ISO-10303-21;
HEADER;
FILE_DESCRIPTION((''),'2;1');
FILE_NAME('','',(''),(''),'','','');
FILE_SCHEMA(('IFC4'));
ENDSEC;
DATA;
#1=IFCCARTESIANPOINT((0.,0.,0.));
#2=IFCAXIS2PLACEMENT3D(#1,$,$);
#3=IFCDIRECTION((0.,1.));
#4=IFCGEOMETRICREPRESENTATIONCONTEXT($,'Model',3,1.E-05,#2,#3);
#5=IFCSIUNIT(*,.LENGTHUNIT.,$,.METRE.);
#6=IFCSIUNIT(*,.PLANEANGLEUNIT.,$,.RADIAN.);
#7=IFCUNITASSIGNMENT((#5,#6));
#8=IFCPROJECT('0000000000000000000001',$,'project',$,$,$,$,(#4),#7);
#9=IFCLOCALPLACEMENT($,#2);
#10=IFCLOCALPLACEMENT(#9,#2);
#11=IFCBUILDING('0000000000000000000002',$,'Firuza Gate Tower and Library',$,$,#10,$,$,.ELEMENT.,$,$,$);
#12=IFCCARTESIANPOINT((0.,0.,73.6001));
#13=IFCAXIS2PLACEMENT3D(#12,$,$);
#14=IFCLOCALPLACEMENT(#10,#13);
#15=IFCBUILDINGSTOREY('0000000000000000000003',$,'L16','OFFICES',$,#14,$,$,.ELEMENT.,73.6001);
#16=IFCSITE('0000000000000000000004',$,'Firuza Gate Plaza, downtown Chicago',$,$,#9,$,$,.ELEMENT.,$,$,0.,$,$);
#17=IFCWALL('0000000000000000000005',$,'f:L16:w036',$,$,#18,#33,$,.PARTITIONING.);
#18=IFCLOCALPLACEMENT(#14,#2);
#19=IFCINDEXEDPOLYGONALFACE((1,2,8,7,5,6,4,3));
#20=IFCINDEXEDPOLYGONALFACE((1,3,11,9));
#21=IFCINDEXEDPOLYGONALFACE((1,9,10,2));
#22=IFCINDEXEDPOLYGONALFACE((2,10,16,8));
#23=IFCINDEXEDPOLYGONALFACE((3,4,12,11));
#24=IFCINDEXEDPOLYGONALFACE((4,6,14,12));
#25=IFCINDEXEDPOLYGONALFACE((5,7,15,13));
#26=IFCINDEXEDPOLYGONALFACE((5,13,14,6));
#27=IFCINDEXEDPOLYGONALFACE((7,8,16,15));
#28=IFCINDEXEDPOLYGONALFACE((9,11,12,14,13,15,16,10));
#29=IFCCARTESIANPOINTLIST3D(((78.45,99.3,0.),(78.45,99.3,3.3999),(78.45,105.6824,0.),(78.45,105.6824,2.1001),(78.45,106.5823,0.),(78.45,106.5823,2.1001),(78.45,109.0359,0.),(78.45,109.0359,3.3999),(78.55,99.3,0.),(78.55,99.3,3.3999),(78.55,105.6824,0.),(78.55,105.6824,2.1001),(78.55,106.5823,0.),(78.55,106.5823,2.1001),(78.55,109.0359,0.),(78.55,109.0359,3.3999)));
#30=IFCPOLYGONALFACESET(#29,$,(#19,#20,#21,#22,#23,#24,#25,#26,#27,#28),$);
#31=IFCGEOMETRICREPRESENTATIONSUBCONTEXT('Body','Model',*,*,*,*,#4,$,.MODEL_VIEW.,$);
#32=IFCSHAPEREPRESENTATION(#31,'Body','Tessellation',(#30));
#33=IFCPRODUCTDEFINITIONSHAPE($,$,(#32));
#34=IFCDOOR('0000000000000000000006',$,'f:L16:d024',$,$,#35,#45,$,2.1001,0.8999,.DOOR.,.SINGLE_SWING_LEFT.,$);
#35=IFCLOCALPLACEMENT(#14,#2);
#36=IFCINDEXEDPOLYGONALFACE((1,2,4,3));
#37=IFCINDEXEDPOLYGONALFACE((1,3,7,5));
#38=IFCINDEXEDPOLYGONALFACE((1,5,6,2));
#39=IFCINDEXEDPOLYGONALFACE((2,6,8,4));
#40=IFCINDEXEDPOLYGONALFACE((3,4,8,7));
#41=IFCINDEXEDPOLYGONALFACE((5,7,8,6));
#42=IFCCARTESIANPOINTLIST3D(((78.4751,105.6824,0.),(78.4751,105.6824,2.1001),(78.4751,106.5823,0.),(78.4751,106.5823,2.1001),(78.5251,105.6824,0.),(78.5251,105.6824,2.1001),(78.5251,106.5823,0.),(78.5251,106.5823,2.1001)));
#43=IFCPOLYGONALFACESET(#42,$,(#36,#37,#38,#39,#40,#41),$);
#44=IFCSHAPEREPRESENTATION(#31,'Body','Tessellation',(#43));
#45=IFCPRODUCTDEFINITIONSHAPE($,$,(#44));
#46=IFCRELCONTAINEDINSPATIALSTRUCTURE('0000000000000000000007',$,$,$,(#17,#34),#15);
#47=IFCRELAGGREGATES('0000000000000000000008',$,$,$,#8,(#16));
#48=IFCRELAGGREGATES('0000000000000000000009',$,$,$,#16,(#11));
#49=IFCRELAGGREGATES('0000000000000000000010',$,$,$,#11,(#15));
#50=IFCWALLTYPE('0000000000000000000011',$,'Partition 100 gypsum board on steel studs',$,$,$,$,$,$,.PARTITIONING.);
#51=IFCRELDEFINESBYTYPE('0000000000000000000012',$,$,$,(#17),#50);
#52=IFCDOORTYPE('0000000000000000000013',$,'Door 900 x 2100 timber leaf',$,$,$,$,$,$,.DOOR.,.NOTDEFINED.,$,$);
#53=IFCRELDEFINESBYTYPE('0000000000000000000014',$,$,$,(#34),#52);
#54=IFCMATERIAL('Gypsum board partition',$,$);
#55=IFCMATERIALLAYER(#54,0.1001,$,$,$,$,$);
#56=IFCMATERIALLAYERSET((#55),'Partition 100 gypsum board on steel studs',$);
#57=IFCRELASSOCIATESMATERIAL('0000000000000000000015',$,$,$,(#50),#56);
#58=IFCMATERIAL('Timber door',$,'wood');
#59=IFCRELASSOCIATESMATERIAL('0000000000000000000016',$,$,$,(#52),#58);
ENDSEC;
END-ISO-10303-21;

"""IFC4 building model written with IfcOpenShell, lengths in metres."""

from ifc_helpers import new_model, si_unit, direction, frame, frame_2d, origin, place, context, subcontext, project, spatial, rectangle, extrude, material, layer, layer_set, type_object, element, fill, save


model = new_model("IFC4")

# Units and contexts
model_context = context("Model", 3, precision=1e-05, world=origin(), true_north=direction((0.0, 1.0)))
body_context = subcontext(model_context, "Body", "Model", "MODEL_VIEW")
ifc_project = project(units=[si_unit("LENGTHUNIT", "METRE"), si_unit("PLANEANGLEUNIT", "RADIAN")], contexts=[model_context])

# Site, building, storey
site_placement = place(None, origin())
site = spatial("IfcSite", under=ifc_project, at=site_placement, Name="Firuza Gate Plaza, downtown Chicago", CompositionType="ELEMENT", RefElevation=0.0)
building_placement = place(site_placement, origin())
building = spatial("IfcBuilding", under=site, at=building_placement, Name="Firuza Gate Tower and Library", CompositionType="ELEMENT")
storey_placement = place(building_placement, frame((0.0, 0.0, 73.6001)))
storey = spatial("IfcBuildingStorey", under=building, at=storey_placement, Name="L16", Description="OFFICES", CompositionType="ELEMENT", Elevation=73.6001)

# Shared definitions
ifc_material_1 = material(Name="Gypsum board partition")
ifc_layer_1 = layer(ifc_material_1, 0.1001)
ifc_layer_set_1 = layer_set([ifc_layer_1], Name="Partition 100 gypsum board on steel studs")
wall_type_1 = type_object("IfcWallType", Name="Partition 100 gypsum board on steel studs", PredefinedType="PARTITIONING", material=ifc_layer_set_1)
ifc_material_2 = material(Name="Timber door", Category="wood")
door_type_1 = type_object("IfcDoorType", Name="Door 900 x 2100 timber leaf", OperationType="NOTDEFINED", PredefinedType="DOOR", material=ifc_material_2)

# Wall, opening, door
wall_1_placement = place(storey_placement, frame((78.5, 99.3, 0.0), z_axis=(0.0, 0.0, 1.0), x_axis=(0.0, 1.0, 0.0)))
wall_1 = element("IfcWall", 1, at=wall_1_placement, inside=storey, type_object=wall_type_1, Name="f:L16:w036", PredefinedType="PARTITIONING", context=body_context, shape_type="SweptSolid", body=[
    extrude(rectangle(XDim=9.7358, YDim=0.1001, at=frame_2d((4.8679, 0.0))), origin(), (0.0, 0.0, 1.0), 3.3999),
])
opening_1_placement = place(wall_1_placement, frame((6.3823, 0.0, 0.0)))
opening_1 = element("IfcOpeningElement", 2, at=opening_1_placement, cuts=wall_1, PredefinedType="OPENING", context=body_context, shape_type="SweptSolid", body=[
    extrude(rectangle(XDim=0.8999, YDim=2.1001, at=frame_2d((0.45, 1.05))), frame((0.0, 0.0601, 0.0), z_axis=(0.0, -1.0, 0.0), x_axis=(1.0, 0.0, 0.0)), (0.0, 0.0, 1.0), 0.1201),
])
door_1_placement = place(opening_1_placement, origin())
door_1 = element("IfcDoor", 3, at=door_1_placement, inside=storey, type_object=door_type_1, Name="f:L16:d024", OperationType="SINGLE_SWING_LEFT", OverallHeight=2.1001, OverallWidth=0.8999, PredefinedType="DOOR", context=body_context, shape_type="SweptSolid", body=[
    extrude(rectangle(XDim=0.8999, YDim=2.1001, at=frame_2d((0.45, 1.05))), frame((0.0, 0.0249, 0.0), z_axis=(0.0, -1.0, 0.0), x_axis=(1.0, 0.0, 0.0)), (0.0, 0.0, 1.0), 0.05),
])
fill(opening_1, door_1)

save(model, "model.ifc")
